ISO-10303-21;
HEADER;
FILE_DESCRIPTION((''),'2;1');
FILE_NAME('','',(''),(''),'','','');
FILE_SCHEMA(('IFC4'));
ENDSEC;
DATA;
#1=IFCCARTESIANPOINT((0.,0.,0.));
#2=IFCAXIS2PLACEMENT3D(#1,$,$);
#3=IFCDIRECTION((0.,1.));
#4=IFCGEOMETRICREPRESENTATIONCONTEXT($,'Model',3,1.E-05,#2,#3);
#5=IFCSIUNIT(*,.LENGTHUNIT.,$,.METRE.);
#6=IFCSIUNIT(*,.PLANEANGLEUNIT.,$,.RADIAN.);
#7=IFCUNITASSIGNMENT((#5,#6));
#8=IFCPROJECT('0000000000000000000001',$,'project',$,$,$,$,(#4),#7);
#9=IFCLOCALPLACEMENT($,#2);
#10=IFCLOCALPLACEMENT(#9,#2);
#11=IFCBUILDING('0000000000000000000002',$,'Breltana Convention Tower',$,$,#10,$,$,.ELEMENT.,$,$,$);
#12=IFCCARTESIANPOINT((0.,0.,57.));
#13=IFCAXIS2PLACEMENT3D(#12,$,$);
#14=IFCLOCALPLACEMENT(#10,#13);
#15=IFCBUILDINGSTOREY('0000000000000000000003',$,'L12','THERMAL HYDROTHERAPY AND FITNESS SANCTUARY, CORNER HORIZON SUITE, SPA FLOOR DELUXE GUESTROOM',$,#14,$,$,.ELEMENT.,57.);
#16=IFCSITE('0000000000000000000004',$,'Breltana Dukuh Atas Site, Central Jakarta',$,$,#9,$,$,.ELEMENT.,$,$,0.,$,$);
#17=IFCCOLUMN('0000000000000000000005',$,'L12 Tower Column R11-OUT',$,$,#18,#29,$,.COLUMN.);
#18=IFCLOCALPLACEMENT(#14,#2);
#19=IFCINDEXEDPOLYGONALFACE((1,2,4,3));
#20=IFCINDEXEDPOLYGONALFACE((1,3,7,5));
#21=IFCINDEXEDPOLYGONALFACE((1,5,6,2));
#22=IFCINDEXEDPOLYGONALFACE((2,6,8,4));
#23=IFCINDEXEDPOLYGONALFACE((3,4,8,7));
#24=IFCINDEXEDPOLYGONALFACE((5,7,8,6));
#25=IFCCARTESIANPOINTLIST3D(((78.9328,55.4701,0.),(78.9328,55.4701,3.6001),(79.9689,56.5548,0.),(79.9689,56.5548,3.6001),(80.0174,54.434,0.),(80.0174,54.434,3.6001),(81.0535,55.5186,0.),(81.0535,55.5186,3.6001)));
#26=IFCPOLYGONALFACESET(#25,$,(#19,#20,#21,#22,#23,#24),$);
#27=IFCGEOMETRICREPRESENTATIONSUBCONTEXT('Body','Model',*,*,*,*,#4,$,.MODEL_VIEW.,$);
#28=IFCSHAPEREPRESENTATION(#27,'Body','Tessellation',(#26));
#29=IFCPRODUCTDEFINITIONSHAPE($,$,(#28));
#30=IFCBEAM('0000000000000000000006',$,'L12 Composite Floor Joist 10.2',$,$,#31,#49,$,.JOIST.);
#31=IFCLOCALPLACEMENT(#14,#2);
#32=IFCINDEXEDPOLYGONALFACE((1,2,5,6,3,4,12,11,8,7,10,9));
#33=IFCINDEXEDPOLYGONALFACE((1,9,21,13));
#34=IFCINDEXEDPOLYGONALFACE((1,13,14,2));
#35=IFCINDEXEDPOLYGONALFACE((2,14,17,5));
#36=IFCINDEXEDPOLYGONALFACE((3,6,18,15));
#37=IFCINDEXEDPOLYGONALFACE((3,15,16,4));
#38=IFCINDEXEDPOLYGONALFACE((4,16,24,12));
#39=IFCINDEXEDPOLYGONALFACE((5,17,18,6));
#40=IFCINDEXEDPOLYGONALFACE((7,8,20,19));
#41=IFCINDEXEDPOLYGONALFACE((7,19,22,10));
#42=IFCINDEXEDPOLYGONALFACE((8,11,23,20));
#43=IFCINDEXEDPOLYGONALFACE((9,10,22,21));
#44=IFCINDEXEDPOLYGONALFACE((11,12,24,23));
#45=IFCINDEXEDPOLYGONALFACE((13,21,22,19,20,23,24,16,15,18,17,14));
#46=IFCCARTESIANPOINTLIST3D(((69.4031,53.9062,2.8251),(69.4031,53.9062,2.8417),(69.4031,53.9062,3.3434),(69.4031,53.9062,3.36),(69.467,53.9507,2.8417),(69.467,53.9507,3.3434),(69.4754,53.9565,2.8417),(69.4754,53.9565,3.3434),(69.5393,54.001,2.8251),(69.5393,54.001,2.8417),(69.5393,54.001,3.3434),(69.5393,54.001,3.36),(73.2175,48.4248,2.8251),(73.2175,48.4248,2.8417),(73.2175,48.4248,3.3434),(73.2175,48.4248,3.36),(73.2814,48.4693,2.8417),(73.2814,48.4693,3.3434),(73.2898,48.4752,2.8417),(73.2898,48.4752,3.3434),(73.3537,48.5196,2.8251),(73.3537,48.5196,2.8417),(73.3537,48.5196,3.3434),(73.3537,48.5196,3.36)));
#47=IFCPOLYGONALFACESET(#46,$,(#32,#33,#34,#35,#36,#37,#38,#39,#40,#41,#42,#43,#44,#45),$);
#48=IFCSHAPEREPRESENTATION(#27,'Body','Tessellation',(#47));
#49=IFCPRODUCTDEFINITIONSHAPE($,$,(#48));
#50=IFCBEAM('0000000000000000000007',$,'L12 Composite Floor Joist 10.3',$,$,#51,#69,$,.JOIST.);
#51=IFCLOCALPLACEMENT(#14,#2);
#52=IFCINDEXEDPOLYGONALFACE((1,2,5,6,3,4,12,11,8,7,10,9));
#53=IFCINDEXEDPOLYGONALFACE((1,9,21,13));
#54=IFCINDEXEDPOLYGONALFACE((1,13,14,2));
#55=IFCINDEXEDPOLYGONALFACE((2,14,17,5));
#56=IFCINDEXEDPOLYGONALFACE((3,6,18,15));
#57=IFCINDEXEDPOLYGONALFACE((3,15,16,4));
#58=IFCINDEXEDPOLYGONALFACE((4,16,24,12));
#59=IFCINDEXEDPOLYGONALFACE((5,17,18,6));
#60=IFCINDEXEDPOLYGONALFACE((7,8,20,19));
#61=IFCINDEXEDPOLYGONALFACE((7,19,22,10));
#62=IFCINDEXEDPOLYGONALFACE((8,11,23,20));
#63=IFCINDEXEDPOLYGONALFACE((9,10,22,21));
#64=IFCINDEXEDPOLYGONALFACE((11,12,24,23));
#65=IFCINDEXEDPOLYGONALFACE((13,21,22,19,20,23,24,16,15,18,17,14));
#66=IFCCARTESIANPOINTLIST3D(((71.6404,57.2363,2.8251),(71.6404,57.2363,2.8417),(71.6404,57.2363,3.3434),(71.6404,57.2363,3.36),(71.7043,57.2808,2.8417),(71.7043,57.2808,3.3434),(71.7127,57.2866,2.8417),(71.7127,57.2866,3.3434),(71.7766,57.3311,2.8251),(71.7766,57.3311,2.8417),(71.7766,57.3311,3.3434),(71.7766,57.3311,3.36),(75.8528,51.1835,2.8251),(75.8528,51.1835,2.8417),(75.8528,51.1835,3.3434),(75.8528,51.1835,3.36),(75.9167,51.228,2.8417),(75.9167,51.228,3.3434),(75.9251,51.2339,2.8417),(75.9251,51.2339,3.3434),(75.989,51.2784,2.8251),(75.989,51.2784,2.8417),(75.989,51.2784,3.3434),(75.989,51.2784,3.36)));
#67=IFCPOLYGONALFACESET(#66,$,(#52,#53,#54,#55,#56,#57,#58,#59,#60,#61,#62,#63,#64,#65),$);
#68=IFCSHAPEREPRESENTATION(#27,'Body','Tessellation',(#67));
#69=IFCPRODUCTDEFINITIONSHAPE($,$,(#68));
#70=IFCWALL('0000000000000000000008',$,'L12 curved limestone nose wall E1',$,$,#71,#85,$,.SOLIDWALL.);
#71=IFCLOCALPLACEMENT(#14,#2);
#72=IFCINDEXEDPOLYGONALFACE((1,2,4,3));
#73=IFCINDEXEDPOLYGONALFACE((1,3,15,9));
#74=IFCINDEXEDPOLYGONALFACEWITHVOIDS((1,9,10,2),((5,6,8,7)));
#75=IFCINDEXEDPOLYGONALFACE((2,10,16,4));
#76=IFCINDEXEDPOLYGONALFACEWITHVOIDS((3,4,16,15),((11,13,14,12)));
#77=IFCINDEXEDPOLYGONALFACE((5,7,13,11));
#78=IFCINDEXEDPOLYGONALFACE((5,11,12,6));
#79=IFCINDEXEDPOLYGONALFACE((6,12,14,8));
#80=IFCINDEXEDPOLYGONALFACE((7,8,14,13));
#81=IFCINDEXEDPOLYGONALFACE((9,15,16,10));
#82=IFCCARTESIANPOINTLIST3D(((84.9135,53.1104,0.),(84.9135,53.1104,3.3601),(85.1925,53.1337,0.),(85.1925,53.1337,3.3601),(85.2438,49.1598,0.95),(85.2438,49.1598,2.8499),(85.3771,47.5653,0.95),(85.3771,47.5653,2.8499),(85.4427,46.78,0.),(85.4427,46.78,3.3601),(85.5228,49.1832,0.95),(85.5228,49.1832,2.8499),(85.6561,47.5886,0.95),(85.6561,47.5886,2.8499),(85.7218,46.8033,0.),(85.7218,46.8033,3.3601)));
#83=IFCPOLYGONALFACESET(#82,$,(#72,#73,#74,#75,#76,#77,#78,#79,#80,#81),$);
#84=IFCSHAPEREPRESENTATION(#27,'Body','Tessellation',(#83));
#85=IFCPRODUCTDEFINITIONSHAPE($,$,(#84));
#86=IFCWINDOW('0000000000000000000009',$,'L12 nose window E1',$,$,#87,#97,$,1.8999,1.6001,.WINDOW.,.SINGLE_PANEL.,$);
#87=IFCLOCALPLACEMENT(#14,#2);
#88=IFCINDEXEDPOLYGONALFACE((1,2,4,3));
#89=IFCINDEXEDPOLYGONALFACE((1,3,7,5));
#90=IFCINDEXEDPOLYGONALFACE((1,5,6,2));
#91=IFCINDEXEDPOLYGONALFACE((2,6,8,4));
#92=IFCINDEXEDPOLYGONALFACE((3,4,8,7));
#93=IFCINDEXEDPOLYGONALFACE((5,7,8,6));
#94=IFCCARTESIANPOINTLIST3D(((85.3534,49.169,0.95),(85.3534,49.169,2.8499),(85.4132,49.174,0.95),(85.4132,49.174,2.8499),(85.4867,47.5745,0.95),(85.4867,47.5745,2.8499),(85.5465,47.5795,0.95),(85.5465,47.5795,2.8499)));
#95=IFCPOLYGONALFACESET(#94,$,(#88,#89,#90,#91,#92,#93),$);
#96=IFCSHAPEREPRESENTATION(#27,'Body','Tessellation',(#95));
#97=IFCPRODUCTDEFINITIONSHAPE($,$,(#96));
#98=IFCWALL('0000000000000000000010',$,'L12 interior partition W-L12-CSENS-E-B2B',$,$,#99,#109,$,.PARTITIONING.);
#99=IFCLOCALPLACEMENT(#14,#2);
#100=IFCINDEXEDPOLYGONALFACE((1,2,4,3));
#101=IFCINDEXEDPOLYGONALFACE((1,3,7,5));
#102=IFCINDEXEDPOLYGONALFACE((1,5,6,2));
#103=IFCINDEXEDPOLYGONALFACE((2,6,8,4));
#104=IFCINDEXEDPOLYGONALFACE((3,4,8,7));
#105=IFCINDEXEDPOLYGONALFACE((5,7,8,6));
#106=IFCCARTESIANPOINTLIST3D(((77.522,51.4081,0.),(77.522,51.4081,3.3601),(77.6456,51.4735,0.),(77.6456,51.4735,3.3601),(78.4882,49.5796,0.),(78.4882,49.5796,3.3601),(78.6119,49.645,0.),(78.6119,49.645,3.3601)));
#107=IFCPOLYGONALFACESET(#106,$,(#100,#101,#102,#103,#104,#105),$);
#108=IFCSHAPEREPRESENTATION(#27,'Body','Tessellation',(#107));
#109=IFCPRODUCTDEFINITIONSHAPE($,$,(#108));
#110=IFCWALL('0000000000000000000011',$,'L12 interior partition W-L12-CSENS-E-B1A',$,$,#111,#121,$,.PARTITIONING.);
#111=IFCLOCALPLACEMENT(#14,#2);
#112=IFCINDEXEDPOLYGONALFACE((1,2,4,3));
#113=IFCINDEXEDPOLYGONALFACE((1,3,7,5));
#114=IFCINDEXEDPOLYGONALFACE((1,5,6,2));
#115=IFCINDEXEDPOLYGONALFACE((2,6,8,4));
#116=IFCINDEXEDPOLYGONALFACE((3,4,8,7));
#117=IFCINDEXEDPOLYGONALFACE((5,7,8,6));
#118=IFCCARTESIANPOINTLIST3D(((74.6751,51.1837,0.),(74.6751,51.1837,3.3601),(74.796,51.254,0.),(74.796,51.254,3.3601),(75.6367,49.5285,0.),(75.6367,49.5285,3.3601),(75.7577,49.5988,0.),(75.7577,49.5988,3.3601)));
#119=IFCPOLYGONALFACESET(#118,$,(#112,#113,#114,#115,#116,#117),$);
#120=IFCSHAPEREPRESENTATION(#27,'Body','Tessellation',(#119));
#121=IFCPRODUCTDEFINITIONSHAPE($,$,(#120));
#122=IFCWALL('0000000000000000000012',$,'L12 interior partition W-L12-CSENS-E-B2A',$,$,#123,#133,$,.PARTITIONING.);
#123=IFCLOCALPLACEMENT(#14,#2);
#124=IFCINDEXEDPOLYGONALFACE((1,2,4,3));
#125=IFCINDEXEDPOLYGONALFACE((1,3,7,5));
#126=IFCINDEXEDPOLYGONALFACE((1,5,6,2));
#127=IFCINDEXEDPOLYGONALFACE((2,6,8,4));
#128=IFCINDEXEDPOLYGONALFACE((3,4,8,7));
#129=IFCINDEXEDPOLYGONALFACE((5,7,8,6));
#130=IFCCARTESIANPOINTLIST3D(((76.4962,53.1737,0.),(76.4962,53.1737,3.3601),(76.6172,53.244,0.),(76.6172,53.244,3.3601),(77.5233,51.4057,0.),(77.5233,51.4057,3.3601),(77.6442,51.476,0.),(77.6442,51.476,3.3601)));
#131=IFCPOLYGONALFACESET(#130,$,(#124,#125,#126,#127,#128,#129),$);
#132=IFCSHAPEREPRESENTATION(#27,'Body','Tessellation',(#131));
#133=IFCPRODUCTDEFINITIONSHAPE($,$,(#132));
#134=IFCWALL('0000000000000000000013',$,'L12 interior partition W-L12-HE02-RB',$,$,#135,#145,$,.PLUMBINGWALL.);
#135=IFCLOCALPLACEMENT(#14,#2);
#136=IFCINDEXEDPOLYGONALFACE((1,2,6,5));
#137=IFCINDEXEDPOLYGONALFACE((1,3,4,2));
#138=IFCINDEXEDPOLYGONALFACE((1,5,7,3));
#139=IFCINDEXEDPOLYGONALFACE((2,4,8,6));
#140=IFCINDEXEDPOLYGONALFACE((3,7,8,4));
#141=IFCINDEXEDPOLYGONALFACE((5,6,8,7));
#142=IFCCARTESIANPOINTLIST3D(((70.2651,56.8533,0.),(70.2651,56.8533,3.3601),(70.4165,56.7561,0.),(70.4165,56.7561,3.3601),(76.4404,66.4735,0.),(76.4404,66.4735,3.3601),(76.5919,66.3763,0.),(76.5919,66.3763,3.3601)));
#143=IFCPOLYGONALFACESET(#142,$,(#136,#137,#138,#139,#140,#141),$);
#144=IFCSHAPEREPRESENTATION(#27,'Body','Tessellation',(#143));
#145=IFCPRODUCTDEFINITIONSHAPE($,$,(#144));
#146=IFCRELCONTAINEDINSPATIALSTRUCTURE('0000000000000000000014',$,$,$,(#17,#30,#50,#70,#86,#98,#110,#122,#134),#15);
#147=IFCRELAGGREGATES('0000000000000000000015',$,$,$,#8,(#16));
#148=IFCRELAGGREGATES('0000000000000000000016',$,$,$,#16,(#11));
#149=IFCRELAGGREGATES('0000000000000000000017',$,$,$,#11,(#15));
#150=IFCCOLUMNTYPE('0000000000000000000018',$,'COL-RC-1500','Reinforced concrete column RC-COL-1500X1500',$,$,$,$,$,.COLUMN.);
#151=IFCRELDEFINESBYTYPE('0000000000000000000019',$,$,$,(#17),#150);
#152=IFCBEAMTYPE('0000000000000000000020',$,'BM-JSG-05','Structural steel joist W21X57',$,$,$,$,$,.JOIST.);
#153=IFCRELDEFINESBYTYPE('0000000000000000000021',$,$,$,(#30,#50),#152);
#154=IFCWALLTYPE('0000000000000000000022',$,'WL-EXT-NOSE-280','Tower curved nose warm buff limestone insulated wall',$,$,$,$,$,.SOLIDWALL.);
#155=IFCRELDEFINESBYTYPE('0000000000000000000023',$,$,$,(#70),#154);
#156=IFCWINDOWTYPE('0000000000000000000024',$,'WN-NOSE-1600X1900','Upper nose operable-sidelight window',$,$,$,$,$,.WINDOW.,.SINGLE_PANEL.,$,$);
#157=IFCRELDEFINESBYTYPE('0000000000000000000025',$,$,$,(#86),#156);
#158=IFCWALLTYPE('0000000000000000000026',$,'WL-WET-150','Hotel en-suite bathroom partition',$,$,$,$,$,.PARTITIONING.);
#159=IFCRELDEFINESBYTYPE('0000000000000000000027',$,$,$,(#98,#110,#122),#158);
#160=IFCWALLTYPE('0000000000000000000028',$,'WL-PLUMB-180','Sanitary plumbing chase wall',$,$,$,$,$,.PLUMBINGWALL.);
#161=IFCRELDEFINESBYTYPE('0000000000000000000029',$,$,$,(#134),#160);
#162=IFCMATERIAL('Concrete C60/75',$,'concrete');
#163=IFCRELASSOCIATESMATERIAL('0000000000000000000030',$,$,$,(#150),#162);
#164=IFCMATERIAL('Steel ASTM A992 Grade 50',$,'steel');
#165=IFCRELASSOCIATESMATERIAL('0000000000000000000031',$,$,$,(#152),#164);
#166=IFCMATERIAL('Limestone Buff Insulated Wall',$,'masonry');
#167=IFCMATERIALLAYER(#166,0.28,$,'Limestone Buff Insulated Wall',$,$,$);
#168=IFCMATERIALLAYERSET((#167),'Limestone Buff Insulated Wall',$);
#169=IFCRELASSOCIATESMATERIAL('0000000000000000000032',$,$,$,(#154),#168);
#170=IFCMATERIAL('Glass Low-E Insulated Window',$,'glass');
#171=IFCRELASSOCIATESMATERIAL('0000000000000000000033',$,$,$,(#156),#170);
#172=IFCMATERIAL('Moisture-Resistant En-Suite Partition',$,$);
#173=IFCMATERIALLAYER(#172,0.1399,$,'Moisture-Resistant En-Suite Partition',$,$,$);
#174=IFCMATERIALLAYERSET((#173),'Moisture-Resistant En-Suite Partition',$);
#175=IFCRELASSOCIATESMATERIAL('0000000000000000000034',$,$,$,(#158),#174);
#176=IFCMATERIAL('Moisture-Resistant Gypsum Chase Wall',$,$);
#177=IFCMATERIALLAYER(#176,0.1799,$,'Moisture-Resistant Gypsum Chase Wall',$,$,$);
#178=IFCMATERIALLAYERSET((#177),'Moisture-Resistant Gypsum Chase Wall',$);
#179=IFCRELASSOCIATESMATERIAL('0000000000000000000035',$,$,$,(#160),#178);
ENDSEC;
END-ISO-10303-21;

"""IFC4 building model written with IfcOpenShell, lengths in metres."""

from ifc_helpers import new_model, si_unit, direction, frame, frame_2d, origin, origin_2d, place, context, subcontext, project, spatial, rectangle, i_section, extrude, source, transform, mapped, material, layer, layer_set, material_profile, profile_set, type_object, type_shapes, element, fill, save


model = new_model("IFC4")

# Units and contexts
model_context = context("Model", 3, precision=1e-05, world=origin(), true_north=direction((0.0, 1.0)))
body_context = subcontext(model_context, "Body", "Model", "MODEL_VIEW")
ifc_project = project(units=[si_unit("LENGTHUNIT", "METRE"), si_unit("PLANEANGLEUNIT", "RADIAN")], contexts=[model_context])

# Site, building, storey
site_placement = place(None, origin())
site = spatial("IfcSite", under=ifc_project, at=site_placement, Name="Breltana Dukuh Atas Site, Central Jakarta", CompositionType="ELEMENT", RefElevation=0.0)
building_placement = place(site_placement, origin())
building = spatial("IfcBuilding", under=site, at=building_placement, Name="Breltana Convention Tower", CompositionType="ELEMENT")
storey_placement = place(building_placement, frame((0.0, 0.0, 57.0)))
storey = spatial("IfcBuildingStorey", under=building, at=storey_placement, Name="L12", Description="THERMAL HYDROTHERAPY AND FITNESS SANCTUARY, CORNER HORIZON SUITE, SPA FLOOR DELUXE GUESTROOM", CompositionType="ELEMENT", Elevation=57.0)

# Column
ifc_material_1 = material(Name="Concrete C60/75", Category="concrete")
ifc_material_profile_1 = material_profile(ifc_material_1, rectangle(XDim=1.5, YDim=1.5, at=origin_2d()), Name="RC-COL-1500X1500")
ifc_profile_set_1 = profile_set([ifc_material_profile_1], Name="Concrete C60/75")
column_type = type_object("IfcColumnType", Name="COL-RC-1500", Description="Reinforced concrete column RC-COL-1500X1500", PredefinedType="COLUMN", material=ifc_profile_set_1)
shared_shape_1 = source(origin(), body_context, "Body", "SweptSolid", [
    extrude(rectangle(XDim=1.5, YDim=1.5, at=origin_2d()), origin(), (0.0, 0.0, 1.0), 3.6001),
])
column_placement = place(storey_placement, frame((79.9932, 55.4944, 0.0), z_axis=(0.0, 0.0, 1.0), x_axis=(0.690756, 0.723088, 0.0)))
element("IfcColumn", 1, at=column_placement, inside=storey, type_object=column_type, Name="L12 Tower Column R11-OUT", PredefinedType="COLUMN", context=body_context, shape_type="MappedRepresentation", body=[
    mapped(shared_shape_1, transform((0.0, 0.0, 0.0), scale=1.0)),
])

# Beams
ifc_material_2 = material(Name="Steel ASTM A992 Grade 50", Category="steel")
ifc_material_profile_2 = material_profile(ifc_material_2, i_section(OverallWidth=0.166, OverallDepth=0.5349, WebThickness=0.0103, FlangeThickness=0.0166, at=origin_2d()), Name="W21X57")
ifc_profile_set_2 = profile_set([ifc_material_profile_2], Name="Steel ASTM A992 Grade 50")
beam_type = type_object("IfcBeamType", Name="BM-JSG-05", Description="Structural steel joist W21X57", PredefinedType="JOIST", material=ifc_profile_set_2)
shared_shape_2 = source(origin(), body_context, "Body", "SweptSolid", [
    extrude(i_section(OverallWidth=0.166, OverallDepth=0.5349, WebThickness=0.0103, FlangeThickness=0.0166, at=origin_2d()), origin(), (0.0, 0.0, 1.0), 6.678),
])
beam_1_placement = place(storey_placement, frame((69.4712, 53.9536, 3.0925), z_axis=(0.571193, -0.820816, 0.0), x_axis=(0.820816, 0.571193, 0.0)))
element("IfcBeam", 2, at=beam_1_placement, inside=storey, type_object=beam_type, Name="L12 Composite Floor Joist 10.2", PredefinedType="JOIST", context=body_context, shape_type="MappedRepresentation", body=[
    mapped(shared_shape_2, transform((0.0, 0.0, 0.0), scale=1.0)),
])
shared_shape_3 = source(origin(), body_context, "Body", "SweptSolid", [
    extrude(i_section(OverallWidth=0.166, OverallDepth=0.5349, WebThickness=0.0103, FlangeThickness=0.0166, at=origin_2d()), origin(), (0.0, 0.0, 1.0), 7.3743),
])
beam_2_placement = place(storey_placement, frame((71.7085, 57.2837, 3.0925), z_axis=(0.571229, -0.82079, 0.0), x_axis=(0.82079, 0.571229, 0.0)))
element("IfcBeam", 3, at=beam_2_placement, inside=storey, type_object=beam_type, Name="L12 Composite Floor Joist 10.3", PredefinedType="JOIST", context=body_context, shape_type="MappedRepresentation", body=[
    mapped(shared_shape_3, transform((0.0, 0.0, 0.0), scale=1.0)),
])

# Wall, opening, window
ifc_material_3 = material(Name="Limestone Buff Insulated Wall", Category="masonry")
ifc_layer_1 = layer(ifc_material_3, 0.28, Name="Limestone Buff Insulated Wall")
ifc_layer_set_1 = layer_set([ifc_layer_1], Name="Limestone Buff Insulated Wall")
wall_type_1 = type_object("IfcWallType", Name="WL-EXT-NOSE-280", Description="Tower curved nose warm buff limestone insulated wall", PredefinedType="SOLIDWALL", material=ifc_layer_set_1)
shared_shape_4 = source(origin(), body_context, "Body", "SweptSolid", [
    extrude(rectangle(XDim=6.3525, YDim=0.28, at=frame_2d((3.1763, 0.0))), origin(), (0.0, 0.0, 1.0), 3.3601),
])
wall_1_placement = place(storey_placement, frame((85.053, 53.1221, 0.0), z_axis=(0.0, 0.0, 1.0), x_axis=(0.083319, -0.996523, 0.0)))
wall_1 = element("IfcWall", 4, at=wall_1_placement, inside=storey, type_object=wall_type_1, Name="L12 curved limestone nose wall E1", PredefinedType="SOLIDWALL", context=body_context, shape_type="MappedRepresentation", body=[
    mapped(shared_shape_4, transform((0.0, 0.0, 0.0), scale=1.0)),
])
opening_1_placement = place(wall_1_placement, frame((3.9644, 0.0, 0.95)))
opening_1 = element("IfcOpeningElement", 5, at=opening_1_placement, cuts=wall_1, PredefinedType="OPENING", context=body_context, shape_type="SweptSolid", body=[
    extrude(rectangle(XDim=1.6001, YDim=1.8999, at=frame_2d((0.8, 0.95))), frame((0.0, 0.1499, 0.0), z_axis=(0.0, -1.0, 0.0), x_axis=(1.0, 0.0, 0.0)), (0.0, 0.0, 1.0), 0.3),
])
ifc_material_4 = material(Name="Glass Low-E Insulated Window", Category="glass")
window_type = type_object("IfcWindowType", Name="WN-NOSE-1600X1900", Description="Upper nose operable-sidelight window", PartitioningType="SINGLE_PANEL", PredefinedType="WINDOW", material=ifc_material_4)
shared_shape_5 = source(origin(), body_context, "Body", "SweptSolid", [
    extrude(rectangle(XDim=1.6001, YDim=1.8999, at=frame_2d((0.8, 0.95))), frame((0.0, 0.03, 0.0), z_axis=(0.0, -1.0, 0.0), x_axis=(1.0, 0.0, 0.0)), (0.0, 0.0, 1.0), 0.0601),
])
type_shapes(window_type, [shared_shape_5])
window_placement = place(opening_1_placement, origin())
window = element("IfcWindow", 6, at=window_placement, inside=storey, type_object=window_type, Name="L12 nose window E1", OverallHeight=1.8999, OverallWidth=1.6001, PartitioningType="SINGLE_PANEL", PredefinedType="WINDOW", context=body_context, shape_type="MappedRepresentation", body=[
    mapped(shared_shape_5, transform((0.0, 0.0, 0.0), scale=1.0)),
])
fill(opening_1, window)

# Walls
ifc_material_5 = material(Name="Moisture-Resistant En-Suite Partition")
ifc_layer_2 = layer(ifc_material_5, 0.1399, Name="Moisture-Resistant En-Suite Partition")
ifc_layer_set_2 = layer_set([ifc_layer_2], Name="Moisture-Resistant En-Suite Partition")
wall_type_2 = type_object("IfcWallType", Name="WL-WET-150", Description="Hotel en-suite bathroom partition", PredefinedType="PARTITIONING", material=ifc_layer_set_2)
shared_shape_6 = source(origin(), body_context, "Body", "SweptSolid", [
    extrude(rectangle(XDim=2.0681, YDim=0.1399, at=frame_2d((1.0342, 0.0))), origin(), (0.0, 0.0, 1.0), 3.3601),
])
wall_2_placement = place(storey_placement, frame((77.5837, 51.4409, 0.0), z_axis=(0.0, 0.0, 1.0), x_axis=(0.467215, -0.884144, 0.0)))
element("IfcWall", 7, at=wall_2_placement, inside=storey, type_object=wall_type_2, Name="L12 interior partition W-L12-CSENS-E-B2B", PredefinedType="PARTITIONING", context=body_context, shape_type="MappedRepresentation", body=[
    mapped(shared_shape_6, transform((0.0, 0.0, 0.0), scale=1.0)),
])
shared_shape_7 = source(origin(), body_context, "Body", "SweptSolid", [
    extrude(rectangle(XDim=1.9143, YDim=0.1399, at=frame_2d((0.957, 0.0))), origin(), (0.0, 0.0, 1.0), 3.3601),
])
wall_3_placement = place(storey_placement, frame((74.7356, 51.2188, 0.0), z_axis=(0.0, 0.0, 1.0), x_axis=(0.502348, -0.864666, 0.0)))
element("IfcWall", 8, at=wall_3_placement, inside=storey, type_object=wall_type_2, Name="L12 interior partition W-L12-CSENS-E-B1A", PredefinedType="PARTITIONING", context=body_context, shape_type="MappedRepresentation", body=[
    mapped(shared_shape_7, transform((0.0, 0.0, 0.0), scale=1.0)),
])
shared_shape_8 = source(origin(), body_context, "Body", "SweptSolid", [
    extrude(rectangle(XDim=2.0447, YDim=0.1399, at=frame_2d((1.0225, 0.0))), origin(), (0.0, 0.0, 1.0), 3.3601),
])
wall_4_placement = place(storey_placement, frame((76.5566, 53.209, 0.0), z_axis=(0.0, 0.0, 1.0), x_axis=(0.502311, -0.864687, 0.0)))
element("IfcWall", 9, at=wall_4_placement, inside=storey, type_object=wall_type_2, Name="L12 interior partition W-L12-CSENS-E-B2A", PredefinedType="PARTITIONING", context=body_context, shape_type="MappedRepresentation", body=[
    mapped(shared_shape_8, transform((0.0, 0.0, 0.0), scale=1.0)),
])
ifc_material_6 = material(Name="Moisture-Resistant Gypsum Chase Wall")
ifc_layer_3 = layer(ifc_material_6, 0.1799, Name="Moisture-Resistant Gypsum Chase Wall")
ifc_layer_set_3 = layer_set([ifc_layer_3], Name="Moisture-Resistant Gypsum Chase Wall")
wall_type_3 = type_object("IfcWallType", Name="WL-PLUMB-180", Description="Sanitary plumbing chase wall", PredefinedType="PLUMBINGWALL", material=ifc_layer_set_3)
shared_shape_9 = source(origin(), body_context, "Body", "SweptSolid", [
    extrude(rectangle(XDim=11.4316, YDim=0.1799, at=frame_2d((5.7158, 0.0))), origin(), (0.0, 0.0, 1.0), 3.3601),
])
wall_5_placement = place(storey_placement, frame((70.3408, 56.8047, 0.0), z_axis=(0.0, 0.0, 1.0), x_axis=(0.540196, 0.841539, 0.0)))
element("IfcWall", 10, at=wall_5_placement, inside=storey, type_object=wall_type_3, Name="L12 interior partition W-L12-HE02-RB", PredefinedType="PLUMBINGWALL", context=body_context, shape_type="MappedRepresentation", body=[
    mapped(shared_shape_9, transform((0.0, 0.0, 0.0), scale=1.0)),
])

save(model, "model.ifc")
